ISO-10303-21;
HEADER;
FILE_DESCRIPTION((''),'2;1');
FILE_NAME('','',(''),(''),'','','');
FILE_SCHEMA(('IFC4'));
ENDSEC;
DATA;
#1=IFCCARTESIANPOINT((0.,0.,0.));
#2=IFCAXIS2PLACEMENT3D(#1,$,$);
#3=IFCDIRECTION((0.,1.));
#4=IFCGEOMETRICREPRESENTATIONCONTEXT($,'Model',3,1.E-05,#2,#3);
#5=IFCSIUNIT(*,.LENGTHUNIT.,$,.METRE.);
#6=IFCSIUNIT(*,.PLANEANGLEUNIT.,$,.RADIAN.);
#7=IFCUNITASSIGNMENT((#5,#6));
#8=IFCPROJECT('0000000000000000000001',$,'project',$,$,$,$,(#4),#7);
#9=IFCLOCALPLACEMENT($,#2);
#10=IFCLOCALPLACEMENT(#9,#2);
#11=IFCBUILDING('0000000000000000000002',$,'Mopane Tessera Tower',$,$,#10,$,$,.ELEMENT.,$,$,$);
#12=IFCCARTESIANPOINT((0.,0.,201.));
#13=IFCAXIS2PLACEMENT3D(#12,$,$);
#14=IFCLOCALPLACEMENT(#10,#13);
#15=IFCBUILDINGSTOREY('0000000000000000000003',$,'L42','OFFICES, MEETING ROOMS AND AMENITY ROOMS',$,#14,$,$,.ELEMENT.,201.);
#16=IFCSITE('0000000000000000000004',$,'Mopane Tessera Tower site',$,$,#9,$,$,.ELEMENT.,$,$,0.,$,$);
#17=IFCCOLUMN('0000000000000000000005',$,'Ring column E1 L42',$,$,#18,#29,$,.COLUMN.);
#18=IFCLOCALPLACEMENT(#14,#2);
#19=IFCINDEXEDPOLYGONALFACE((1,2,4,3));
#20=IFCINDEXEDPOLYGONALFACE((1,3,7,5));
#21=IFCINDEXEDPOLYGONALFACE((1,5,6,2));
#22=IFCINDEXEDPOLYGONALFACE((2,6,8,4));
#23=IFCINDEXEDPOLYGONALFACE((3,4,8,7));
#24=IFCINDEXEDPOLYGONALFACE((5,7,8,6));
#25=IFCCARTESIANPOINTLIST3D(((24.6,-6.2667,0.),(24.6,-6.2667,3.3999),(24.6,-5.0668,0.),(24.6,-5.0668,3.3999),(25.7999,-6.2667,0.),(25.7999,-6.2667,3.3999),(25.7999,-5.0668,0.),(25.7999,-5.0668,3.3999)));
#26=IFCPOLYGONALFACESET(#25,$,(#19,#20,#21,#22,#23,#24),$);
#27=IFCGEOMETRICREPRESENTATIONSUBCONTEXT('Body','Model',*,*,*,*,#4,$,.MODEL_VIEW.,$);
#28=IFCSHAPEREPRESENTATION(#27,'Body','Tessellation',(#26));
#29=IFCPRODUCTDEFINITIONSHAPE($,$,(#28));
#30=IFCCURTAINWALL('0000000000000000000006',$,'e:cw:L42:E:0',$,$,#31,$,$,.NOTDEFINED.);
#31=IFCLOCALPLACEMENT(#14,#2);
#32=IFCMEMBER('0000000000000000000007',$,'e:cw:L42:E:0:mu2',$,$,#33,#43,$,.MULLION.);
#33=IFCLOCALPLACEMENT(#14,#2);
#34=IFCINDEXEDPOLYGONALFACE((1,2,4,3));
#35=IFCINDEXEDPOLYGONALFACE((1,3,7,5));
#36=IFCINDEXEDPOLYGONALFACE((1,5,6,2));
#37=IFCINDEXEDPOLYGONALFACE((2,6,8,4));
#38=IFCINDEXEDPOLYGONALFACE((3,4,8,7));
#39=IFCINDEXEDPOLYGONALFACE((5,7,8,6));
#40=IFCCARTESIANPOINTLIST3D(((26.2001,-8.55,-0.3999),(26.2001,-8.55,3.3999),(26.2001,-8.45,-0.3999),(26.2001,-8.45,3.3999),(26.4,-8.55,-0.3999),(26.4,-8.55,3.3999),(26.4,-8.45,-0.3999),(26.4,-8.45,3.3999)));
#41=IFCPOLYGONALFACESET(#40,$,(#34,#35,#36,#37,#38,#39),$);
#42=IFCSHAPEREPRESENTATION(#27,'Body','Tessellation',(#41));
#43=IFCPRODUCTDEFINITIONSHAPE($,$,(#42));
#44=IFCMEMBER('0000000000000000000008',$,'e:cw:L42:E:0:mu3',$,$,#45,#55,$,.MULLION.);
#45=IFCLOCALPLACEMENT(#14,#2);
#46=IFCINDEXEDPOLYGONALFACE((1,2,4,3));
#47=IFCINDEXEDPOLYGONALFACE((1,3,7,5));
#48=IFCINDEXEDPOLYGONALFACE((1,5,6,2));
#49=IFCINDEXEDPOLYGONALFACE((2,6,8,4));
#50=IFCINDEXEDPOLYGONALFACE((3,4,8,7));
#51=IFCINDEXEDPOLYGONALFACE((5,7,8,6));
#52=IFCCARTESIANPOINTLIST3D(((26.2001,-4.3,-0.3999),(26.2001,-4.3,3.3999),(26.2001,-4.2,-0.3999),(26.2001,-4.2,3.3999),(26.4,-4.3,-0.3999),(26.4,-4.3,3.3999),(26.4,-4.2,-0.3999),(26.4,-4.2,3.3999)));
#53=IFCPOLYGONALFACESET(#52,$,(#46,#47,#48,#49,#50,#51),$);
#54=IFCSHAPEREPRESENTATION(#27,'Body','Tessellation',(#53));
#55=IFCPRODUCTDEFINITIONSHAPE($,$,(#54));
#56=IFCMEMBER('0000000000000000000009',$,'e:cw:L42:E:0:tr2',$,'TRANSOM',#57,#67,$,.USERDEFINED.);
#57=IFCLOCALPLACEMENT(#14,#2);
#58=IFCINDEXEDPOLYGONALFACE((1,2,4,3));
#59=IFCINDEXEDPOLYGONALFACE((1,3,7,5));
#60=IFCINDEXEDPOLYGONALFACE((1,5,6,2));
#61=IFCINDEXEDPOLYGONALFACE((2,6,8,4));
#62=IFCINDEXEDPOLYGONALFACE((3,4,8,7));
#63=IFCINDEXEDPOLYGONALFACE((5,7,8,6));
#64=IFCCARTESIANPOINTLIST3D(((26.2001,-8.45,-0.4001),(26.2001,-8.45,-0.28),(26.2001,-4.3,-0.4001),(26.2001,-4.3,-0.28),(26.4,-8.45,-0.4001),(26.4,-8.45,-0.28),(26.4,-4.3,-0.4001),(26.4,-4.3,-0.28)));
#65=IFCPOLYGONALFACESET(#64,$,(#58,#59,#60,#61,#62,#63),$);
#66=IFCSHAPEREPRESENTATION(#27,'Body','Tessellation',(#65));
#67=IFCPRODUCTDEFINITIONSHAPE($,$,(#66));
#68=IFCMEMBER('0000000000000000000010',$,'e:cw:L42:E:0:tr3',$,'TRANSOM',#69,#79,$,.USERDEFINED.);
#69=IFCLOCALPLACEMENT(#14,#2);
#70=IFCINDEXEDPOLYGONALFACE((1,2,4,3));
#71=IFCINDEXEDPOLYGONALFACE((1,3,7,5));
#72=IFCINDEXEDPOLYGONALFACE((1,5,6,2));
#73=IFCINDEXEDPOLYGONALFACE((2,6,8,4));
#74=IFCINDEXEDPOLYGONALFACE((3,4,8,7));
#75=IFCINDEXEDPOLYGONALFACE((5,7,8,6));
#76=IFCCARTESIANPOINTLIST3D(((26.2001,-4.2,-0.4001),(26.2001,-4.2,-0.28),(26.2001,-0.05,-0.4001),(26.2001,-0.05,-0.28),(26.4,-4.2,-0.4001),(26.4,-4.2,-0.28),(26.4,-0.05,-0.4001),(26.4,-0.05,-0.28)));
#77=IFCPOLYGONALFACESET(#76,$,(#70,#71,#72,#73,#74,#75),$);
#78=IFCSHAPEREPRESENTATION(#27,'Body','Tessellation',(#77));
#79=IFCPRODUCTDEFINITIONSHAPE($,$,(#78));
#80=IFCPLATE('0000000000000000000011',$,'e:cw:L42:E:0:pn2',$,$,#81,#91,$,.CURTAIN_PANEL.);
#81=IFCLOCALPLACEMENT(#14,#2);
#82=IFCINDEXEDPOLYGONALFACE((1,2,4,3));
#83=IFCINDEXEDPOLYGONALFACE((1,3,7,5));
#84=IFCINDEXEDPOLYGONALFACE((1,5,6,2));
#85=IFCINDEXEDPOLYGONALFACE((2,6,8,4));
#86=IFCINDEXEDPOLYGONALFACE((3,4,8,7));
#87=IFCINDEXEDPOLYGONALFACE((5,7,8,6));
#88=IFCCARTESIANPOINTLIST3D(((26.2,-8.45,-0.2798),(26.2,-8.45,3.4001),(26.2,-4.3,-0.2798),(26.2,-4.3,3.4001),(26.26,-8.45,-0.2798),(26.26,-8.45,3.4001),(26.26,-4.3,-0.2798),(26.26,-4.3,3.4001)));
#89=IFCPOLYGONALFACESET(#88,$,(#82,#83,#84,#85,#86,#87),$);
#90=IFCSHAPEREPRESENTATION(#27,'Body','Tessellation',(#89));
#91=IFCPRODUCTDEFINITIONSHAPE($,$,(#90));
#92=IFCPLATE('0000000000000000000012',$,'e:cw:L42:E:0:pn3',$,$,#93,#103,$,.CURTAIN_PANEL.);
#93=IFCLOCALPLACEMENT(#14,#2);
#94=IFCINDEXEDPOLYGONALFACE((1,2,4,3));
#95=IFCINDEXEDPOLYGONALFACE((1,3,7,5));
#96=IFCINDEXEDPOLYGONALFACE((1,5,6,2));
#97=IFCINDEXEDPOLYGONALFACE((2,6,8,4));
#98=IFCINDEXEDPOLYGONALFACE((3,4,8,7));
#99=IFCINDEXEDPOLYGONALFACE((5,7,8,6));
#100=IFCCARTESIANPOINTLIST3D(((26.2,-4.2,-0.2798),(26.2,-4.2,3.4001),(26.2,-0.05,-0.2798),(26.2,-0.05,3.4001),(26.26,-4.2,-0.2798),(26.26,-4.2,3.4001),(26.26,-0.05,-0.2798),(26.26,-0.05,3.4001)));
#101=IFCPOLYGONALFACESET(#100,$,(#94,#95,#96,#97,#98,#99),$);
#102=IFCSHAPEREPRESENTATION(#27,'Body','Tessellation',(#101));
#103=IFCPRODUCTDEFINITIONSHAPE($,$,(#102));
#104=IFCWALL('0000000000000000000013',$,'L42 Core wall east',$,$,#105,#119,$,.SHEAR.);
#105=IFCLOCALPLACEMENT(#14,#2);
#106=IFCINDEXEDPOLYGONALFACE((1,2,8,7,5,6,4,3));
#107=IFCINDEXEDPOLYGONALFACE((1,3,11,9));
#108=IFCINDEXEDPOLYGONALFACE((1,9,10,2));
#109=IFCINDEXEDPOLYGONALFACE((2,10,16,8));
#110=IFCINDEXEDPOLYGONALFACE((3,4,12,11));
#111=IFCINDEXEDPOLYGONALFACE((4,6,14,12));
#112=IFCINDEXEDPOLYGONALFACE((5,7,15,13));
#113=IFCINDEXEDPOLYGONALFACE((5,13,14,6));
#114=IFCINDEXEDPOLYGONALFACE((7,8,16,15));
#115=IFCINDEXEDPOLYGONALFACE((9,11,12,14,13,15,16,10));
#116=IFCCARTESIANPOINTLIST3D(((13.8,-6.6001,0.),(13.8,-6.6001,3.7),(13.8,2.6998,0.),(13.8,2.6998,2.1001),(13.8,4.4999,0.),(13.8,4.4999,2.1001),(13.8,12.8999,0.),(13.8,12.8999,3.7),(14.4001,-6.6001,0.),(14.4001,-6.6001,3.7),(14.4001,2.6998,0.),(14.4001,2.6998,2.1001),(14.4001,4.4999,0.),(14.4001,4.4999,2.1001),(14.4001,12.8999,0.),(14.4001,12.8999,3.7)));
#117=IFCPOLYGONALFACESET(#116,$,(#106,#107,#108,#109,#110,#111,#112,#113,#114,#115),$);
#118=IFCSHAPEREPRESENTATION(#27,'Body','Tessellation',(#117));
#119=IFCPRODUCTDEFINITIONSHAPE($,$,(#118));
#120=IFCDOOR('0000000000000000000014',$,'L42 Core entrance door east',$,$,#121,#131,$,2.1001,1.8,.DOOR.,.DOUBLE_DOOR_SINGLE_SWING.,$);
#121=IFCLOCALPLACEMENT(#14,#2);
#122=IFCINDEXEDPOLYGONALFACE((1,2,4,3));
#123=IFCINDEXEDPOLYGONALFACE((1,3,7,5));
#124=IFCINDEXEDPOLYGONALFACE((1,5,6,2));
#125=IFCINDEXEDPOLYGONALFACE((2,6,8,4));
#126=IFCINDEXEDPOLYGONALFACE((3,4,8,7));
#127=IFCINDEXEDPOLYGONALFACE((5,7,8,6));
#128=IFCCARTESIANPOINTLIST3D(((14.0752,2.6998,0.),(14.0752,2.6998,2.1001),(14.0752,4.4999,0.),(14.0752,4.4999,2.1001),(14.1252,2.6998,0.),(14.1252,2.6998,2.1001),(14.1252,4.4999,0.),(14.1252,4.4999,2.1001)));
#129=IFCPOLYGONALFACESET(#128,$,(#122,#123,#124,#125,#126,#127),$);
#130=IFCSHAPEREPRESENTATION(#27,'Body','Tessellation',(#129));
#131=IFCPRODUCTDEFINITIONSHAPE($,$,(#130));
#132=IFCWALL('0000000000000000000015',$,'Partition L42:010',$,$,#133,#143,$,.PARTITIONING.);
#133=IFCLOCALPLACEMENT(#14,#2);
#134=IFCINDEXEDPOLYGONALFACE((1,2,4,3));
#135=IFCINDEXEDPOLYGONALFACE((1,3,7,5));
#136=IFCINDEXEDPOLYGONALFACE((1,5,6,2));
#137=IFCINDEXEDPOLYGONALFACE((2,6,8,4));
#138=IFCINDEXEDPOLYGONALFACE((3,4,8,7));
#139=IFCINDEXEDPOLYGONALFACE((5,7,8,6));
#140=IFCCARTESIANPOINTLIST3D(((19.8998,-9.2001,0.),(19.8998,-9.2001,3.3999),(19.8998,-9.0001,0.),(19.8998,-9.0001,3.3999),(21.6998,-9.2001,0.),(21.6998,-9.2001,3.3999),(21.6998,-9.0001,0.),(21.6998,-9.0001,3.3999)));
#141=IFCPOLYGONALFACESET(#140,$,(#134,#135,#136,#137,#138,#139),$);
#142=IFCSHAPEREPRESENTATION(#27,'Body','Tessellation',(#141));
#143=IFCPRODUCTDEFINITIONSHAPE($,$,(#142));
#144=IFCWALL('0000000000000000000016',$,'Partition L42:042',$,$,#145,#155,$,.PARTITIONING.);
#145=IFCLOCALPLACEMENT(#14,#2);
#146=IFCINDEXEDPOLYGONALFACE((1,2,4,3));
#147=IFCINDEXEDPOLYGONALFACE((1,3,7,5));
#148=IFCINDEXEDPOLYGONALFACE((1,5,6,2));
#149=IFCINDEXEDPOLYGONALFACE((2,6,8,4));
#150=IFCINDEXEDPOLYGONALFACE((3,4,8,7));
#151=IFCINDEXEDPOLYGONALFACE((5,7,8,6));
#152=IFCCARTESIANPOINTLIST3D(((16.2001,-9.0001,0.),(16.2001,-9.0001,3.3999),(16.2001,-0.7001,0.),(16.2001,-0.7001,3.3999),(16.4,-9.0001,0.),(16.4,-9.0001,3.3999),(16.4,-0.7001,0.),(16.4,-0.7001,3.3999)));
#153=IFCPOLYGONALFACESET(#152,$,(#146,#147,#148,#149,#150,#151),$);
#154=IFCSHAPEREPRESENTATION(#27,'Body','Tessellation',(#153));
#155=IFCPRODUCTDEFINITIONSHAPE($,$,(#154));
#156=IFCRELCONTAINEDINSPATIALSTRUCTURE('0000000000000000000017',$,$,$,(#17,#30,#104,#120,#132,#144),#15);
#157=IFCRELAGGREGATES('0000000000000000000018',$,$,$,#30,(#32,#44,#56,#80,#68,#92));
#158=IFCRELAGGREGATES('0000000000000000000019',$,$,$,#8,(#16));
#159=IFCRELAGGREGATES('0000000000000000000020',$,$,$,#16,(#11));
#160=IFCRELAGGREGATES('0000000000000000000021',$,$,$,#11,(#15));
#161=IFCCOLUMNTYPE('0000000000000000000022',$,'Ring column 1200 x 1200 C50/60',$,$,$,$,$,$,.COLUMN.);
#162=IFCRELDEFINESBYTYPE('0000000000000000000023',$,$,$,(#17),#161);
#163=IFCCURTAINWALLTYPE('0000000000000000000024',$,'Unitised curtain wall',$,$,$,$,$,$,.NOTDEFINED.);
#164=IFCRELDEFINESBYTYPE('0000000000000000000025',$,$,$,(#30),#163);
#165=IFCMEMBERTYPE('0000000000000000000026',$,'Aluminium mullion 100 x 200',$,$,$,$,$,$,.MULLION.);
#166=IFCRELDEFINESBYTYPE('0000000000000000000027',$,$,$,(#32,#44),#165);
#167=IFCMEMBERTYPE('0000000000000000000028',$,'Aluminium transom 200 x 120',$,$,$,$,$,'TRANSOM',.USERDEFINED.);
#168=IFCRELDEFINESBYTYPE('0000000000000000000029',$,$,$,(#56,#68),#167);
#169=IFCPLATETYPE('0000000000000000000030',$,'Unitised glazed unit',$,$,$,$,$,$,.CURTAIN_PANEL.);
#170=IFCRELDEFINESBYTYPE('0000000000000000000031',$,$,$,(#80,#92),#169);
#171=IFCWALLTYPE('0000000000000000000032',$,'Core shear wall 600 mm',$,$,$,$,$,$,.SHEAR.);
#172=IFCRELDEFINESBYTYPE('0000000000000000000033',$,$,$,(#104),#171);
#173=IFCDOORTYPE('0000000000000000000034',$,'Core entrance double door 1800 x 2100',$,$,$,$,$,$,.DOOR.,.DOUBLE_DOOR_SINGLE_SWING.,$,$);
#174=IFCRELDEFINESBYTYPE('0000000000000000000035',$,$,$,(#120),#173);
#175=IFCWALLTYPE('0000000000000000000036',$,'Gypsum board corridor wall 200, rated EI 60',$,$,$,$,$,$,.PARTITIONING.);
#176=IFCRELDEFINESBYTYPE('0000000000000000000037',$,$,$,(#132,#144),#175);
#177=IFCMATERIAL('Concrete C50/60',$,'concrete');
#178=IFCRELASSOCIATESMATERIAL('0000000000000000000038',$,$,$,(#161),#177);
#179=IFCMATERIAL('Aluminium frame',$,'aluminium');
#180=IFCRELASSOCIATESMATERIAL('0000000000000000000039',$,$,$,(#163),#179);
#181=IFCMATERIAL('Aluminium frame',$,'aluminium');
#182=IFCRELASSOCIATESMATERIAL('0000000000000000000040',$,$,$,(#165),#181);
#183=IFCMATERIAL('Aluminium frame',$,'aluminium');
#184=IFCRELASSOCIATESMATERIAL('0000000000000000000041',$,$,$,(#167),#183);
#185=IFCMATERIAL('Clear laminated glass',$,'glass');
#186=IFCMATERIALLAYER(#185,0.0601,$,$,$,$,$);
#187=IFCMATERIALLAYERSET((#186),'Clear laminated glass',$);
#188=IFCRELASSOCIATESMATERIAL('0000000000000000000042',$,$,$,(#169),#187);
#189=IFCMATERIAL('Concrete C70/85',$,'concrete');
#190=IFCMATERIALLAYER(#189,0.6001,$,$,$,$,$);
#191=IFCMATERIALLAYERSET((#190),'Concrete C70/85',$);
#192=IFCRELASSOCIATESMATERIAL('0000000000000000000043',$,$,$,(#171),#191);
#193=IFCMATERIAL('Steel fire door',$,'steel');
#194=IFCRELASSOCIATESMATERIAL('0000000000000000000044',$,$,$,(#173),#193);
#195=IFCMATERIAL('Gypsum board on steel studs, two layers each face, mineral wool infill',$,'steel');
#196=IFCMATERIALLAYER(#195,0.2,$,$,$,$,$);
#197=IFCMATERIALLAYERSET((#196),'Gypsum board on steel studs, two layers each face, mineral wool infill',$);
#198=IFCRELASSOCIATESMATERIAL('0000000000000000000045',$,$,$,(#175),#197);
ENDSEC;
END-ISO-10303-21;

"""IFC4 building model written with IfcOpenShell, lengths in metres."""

from ifc_helpers import new_model, si_unit, direction, frame, frame_2d, origin, origin_2d, place, context, subcontext, project, spatial, rectangle, extrude, material, layer, layer_set, material_profile, profile_set, type_object, element, fill, aggregate, save


model = new_model("IFC4")

# Units and contexts
model_context = context("Model", 3, precision=1e-05, world=origin(), true_north=direction((0.0, 1.0)))
body_context = subcontext(model_context, "Body", "Model", "MODEL_VIEW")
ifc_project = project(units=[si_unit("LENGTHUNIT", "METRE"), si_unit("PLANEANGLEUNIT", "RADIAN")], contexts=[model_context])

# Site, building, storey
site_placement = place(None, origin())
site = spatial("IfcSite", under=ifc_project, at=site_placement, Name="Mopane Tessera Tower site", CompositionType="ELEMENT", RefElevation=0.0)
building_placement = place(site_placement, origin())
building = spatial("IfcBuilding", under=site, at=building_placement, Name="Mopane Tessera Tower", CompositionType="ELEMENT")
storey_placement = place(building_placement, frame((0.0, 0.0, 201.0)))
storey = spatial("IfcBuildingStorey", under=building, at=storey_placement, Name="L42", Description="OFFICES, MEETING ROOMS AND AMENITY ROOMS", CompositionType="ELEMENT", Elevation=201.0)

# Column
ifc_material_1 = material(Name="Concrete C50/60", Category="concrete")
ifc_material_profile_1 = material_profile(ifc_material_1, rectangle(XDim=1.2, YDim=1.2, at=origin_2d()))
ifc_profile_set_1 = profile_set([ifc_material_profile_1], Name="Concrete C50/60")
column_type = type_object("IfcColumnType", Name="Ring column 1200 x 1200 C50/60", PredefinedType="COLUMN", material=ifc_profile_set_1)
column_placement = place(storey_placement, frame((25.2, -5.6667, 0.0), z_axis=(0.0, 0.0, 1.0), x_axis=(1.0, 0.0, 0.0)))
element("IfcColumn", 1, at=column_placement, inside=storey, type_object=column_type, Name="Ring column E1 L42", PredefinedType="COLUMN", context=body_context, shape_type="SweptSolid", body=[
    extrude(rectangle(XDim=1.2, YDim=1.2, at=origin_2d()), origin(), (0.0, 0.0, 1.0), 3.3999),
])

# Curtain wall, members, plates
ifc_material_2 = material(Name="Aluminium frame", Category="aluminium")
curtain_wall_type = type_object("IfcCurtainWallType", Name="Unitised curtain wall", PredefinedType="NOTDEFINED", material=ifc_material_2)
curtain_wall_placement = place(storey_placement, origin())
curtain_wall = element("IfcCurtainWall", 2, at=curtain_wall_placement, inside=storey, type_object=curtain_wall_type, Name="e:cw:L42:E:0", PredefinedType="NOTDEFINED")
ifc_material_3 = material(Name="Aluminium frame", Category="aluminium")
ifc_material_profile_2 = material_profile(ifc_material_3, rectangle(XDim=0.1001, YDim=0.2, at=origin_2d()))
ifc_profile_set_2 = profile_set([ifc_material_profile_2], Name="Aluminium frame")
member_type_1 = type_object("IfcMemberType", Name="Aluminium mullion 100 x 200", PredefinedType="MULLION", material=ifc_profile_set_2)
member_1_placement = place(storey_placement, frame((26.3, -8.5, -0.3999), z_axis=(0.0, 0.0, 1.0), x_axis=(0.0, 1.0, 0.0)))
member_1 = element("IfcMember", 3, at=member_1_placement, type_object=member_type_1, Name="e:cw:L42:E:0:mu2", PredefinedType="MULLION", context=body_context, shape_type="SweptSolid", body=[
    extrude(rectangle(XDim=0.1001, YDim=0.2, at=origin_2d()), origin(), (0.0, 0.0, 1.0), 3.7998),
])
member_2_placement = place(storey_placement, frame((26.3, -4.25, -0.3999), z_axis=(0.0, 0.0, 1.0), x_axis=(0.0, 1.0, 0.0)))
member_2 = element("IfcMember", 4, at=member_2_placement, type_object=member_type_1, Name="e:cw:L42:E:0:mu3", PredefinedType="MULLION", context=body_context, shape_type="SweptSolid", body=[
    extrude(rectangle(XDim=0.1001, YDim=0.2, at=origin_2d()), origin(), (0.0, 0.0, 1.0), 3.7998),
])
ifc_material_4 = material(Name="Aluminium frame", Category="aluminium")
ifc_material_profile_3 = material_profile(ifc_material_4, rectangle(XDim=0.2, YDim=0.1201, at=origin_2d()))
ifc_profile_set_3 = profile_set([ifc_material_profile_3], Name="Aluminium frame")
member_type_2 = type_object("IfcMemberType", Name="Aluminium transom 200 x 120", ElementType="TRANSOM", PredefinedType="USERDEFINED", material=ifc_profile_set_3)
member_3_placement = place(storey_placement, frame((26.3, -8.45, -0.3401), z_axis=(0.0, 1.0, 0.0), x_axis=(-1.0, 0.0, 0.0)))
member_3 = element("IfcMember", 5, at=member_3_placement, type_object=member_type_2, Name="e:cw:L42:E:0:tr2", ObjectType="TRANSOM", PredefinedType="USERDEFINED", context=body_context, shape_type="SweptSolid", body=[
    extrude(rectangle(XDim=0.2, YDim=0.1201, at=origin_2d()), origin(), (0.0, 0.0, 1.0), 4.1499),
])
member_4_placement = place(storey_placement, frame((26.3, -4.2, -0.3401), z_axis=(0.0, 1.0, 0.0), x_axis=(-1.0, 0.0, 0.0)))
member_4 = element("IfcMember", 6, at=member_4_placement, type_object=member_type_2, Name="e:cw:L42:E:0:tr3", ObjectType="TRANSOM", PredefinedType="USERDEFINED", context=body_context, shape_type="SweptSolid", body=[
    extrude(rectangle(XDim=0.2, YDim=0.1201, at=origin_2d()), origin(), (0.0, 0.0, 1.0), 4.1499),
])
ifc_material_5 = material(Name="Clear laminated glass", Category="glass")
ifc_layer_1 = layer(ifc_material_5, 0.0601)
ifc_layer_set_1 = layer_set([ifc_layer_1], Name="Clear laminated glass")
plate_type = type_object("IfcPlateType", Name="Unitised glazed unit", PredefinedType="CURTAIN_PANEL", material=ifc_layer_set_1)
plate_1_placement = place(storey_placement, frame((26.23, -6.375, -0.2798), z_axis=(0.0, 0.0, 1.0), x_axis=(0.0, 1.0, 0.0)))
plate_1 = element("IfcPlate", 7, at=plate_1_placement, type_object=plate_type, Name="e:cw:L42:E:0:pn2", PredefinedType="CURTAIN_PANEL", context=body_context, shape_type="SweptSolid", body=[
    extrude(rectangle(XDim=4.1499, YDim=0.0601, at=origin_2d()), origin(), (0.0, 0.0, 1.0), 3.6799),
])
plate_2_placement = place(storey_placement, frame((26.23, -2.125, -0.2798), z_axis=(0.0, 0.0, 1.0), x_axis=(0.0, 1.0, 0.0)))
plate_2 = element("IfcPlate", 8, at=plate_2_placement, type_object=plate_type, Name="e:cw:L42:E:0:pn3", PredefinedType="CURTAIN_PANEL", context=body_context, shape_type="SweptSolid", body=[
    extrude(rectangle(XDim=4.1499, YDim=0.0601, at=origin_2d()), origin(), (0.0, 0.0, 1.0), 3.6799),
])
aggregate(curtain_wall, [member_1, member_2, member_3, plate_1, member_4, plate_2])

# Wall, opening, door
ifc_material_6 = material(Name="Concrete C70/85", Category="concrete")
ifc_layer_2 = layer(ifc_material_6, 0.6001)
ifc_layer_set_2 = layer_set([ifc_layer_2], Name="Concrete C70/85")
wall_type_1 = type_object("IfcWallType", Name="Core shear wall 600 mm", PredefinedType="SHEAR", material=ifc_layer_set_2)
wall_1_placement = place(storey_placement, frame((14.1001, -6.6001, 0.0), z_axis=(0.0, 0.0, 1.0), x_axis=(0.0, 1.0, 0.0)))
wall_1 = element("IfcWall", 9, at=wall_1_placement, inside=storey, type_object=wall_type_1, Name="L42 Core wall east", PredefinedType="SHEAR", context=body_context, shape_type="SweptSolid", body=[
    extrude(rectangle(XDim=19.5, YDim=0.6001, at=frame_2d((9.75, 0.0))), origin(), (0.0, 0.0, 1.0), 3.7),
])
opening_1_placement = place(wall_1_placement, frame((9.3, 0.0, 0.0)))
opening_1 = element("IfcOpeningElement", 10, at=opening_1_placement, cuts=wall_1, PredefinedType="OPENING", context=body_context, shape_type="SweptSolid", body=[
    extrude(rectangle(XDim=1.8, YDim=2.1001, at=frame_2d((0.8999, 1.05))), frame((0.0, 0.312, 0.0), z_axis=(0.0, -1.0, 0.0), x_axis=(1.0, 0.0, 0.0)), (0.0, 0.0, 1.0), 0.624),
])
ifc_material_7 = material(Name="Steel fire door", Category="steel")
door_type_1 = type_object("IfcDoorType", Name="Core entrance double door 1800 x 2100", OperationType="DOUBLE_DOOR_SINGLE_SWING", PredefinedType="DOOR", material=ifc_material_7)
door_1_placement = place(opening_1_placement, origin())
door_1 = element("IfcDoor", 11, at=door_1_placement, inside=storey, type_object=door_type_1, Name="L42 Core entrance door east", OperationType="DOUBLE_DOOR_SINGLE_SWING", OverallHeight=2.1001, OverallWidth=1.8, PredefinedType="DOOR", context=body_context, shape_type="SweptSolid", body=[
    extrude(rectangle(XDim=1.8, YDim=2.1001, at=frame_2d((0.8999, 1.05))), frame((0.0, 0.0249, 0.0), z_axis=(0.0, -1.0, 0.0), x_axis=(1.0, 0.0, 0.0)), (0.0, 0.0, 1.0), 0.05),
])
fill(opening_1, door_1)

# Walls
ifc_material_8 = material(Name="Gypsum board on steel studs, two layers each face, mineral wool infill", Category="steel")
ifc_layer_3 = layer(ifc_material_8, 0.2)
ifc_layer_set_3 = layer_set([ifc_layer_3], Name="Gypsum board on steel studs, two layers each face, mineral wool infill")
wall_type_2 = type_object("IfcWallType", Name="Gypsum board corridor wall 200, rated EI 60", PredefinedType="PARTITIONING", material=ifc_layer_set_3)
wall_2_placement = place(storey_placement, frame((19.8999, -9.1001, 0.0), z_axis=(0.0, 0.0, 1.0), x_axis=(1.0, 0.0, 0.0)))
element("IfcWall", 12, at=wall_2_placement, inside=storey, type_object=wall_type_2, Name="Partition L42:010", PredefinedType="PARTITIONING", context=body_context, shape_type="SweptSolid", body=[
    extrude(rectangle(XDim=1.8, YDim=0.2, at=frame_2d((0.8999, 0.0))), origin(), (0.0, 0.0, 1.0), 3.3999),
])
wall_3_placement = place(storey_placement, frame((16.3, -9.0, 0.0), z_axis=(0.0, 0.0, 1.0), x_axis=(0.0, 1.0, 0.0)))
element("IfcWall", 13, at=wall_3_placement, inside=storey, type_object=wall_type_2, Name="Partition L42:042", PredefinedType="PARTITIONING", context=body_context, shape_type="SweptSolid", body=[
    extrude(rectangle(XDim=8.3, YDim=0.2, at=frame_2d((4.1499, 0.0))), origin(), (0.0, 0.0, 1.0), 3.3999),
])

save(model, "model.ifc")
